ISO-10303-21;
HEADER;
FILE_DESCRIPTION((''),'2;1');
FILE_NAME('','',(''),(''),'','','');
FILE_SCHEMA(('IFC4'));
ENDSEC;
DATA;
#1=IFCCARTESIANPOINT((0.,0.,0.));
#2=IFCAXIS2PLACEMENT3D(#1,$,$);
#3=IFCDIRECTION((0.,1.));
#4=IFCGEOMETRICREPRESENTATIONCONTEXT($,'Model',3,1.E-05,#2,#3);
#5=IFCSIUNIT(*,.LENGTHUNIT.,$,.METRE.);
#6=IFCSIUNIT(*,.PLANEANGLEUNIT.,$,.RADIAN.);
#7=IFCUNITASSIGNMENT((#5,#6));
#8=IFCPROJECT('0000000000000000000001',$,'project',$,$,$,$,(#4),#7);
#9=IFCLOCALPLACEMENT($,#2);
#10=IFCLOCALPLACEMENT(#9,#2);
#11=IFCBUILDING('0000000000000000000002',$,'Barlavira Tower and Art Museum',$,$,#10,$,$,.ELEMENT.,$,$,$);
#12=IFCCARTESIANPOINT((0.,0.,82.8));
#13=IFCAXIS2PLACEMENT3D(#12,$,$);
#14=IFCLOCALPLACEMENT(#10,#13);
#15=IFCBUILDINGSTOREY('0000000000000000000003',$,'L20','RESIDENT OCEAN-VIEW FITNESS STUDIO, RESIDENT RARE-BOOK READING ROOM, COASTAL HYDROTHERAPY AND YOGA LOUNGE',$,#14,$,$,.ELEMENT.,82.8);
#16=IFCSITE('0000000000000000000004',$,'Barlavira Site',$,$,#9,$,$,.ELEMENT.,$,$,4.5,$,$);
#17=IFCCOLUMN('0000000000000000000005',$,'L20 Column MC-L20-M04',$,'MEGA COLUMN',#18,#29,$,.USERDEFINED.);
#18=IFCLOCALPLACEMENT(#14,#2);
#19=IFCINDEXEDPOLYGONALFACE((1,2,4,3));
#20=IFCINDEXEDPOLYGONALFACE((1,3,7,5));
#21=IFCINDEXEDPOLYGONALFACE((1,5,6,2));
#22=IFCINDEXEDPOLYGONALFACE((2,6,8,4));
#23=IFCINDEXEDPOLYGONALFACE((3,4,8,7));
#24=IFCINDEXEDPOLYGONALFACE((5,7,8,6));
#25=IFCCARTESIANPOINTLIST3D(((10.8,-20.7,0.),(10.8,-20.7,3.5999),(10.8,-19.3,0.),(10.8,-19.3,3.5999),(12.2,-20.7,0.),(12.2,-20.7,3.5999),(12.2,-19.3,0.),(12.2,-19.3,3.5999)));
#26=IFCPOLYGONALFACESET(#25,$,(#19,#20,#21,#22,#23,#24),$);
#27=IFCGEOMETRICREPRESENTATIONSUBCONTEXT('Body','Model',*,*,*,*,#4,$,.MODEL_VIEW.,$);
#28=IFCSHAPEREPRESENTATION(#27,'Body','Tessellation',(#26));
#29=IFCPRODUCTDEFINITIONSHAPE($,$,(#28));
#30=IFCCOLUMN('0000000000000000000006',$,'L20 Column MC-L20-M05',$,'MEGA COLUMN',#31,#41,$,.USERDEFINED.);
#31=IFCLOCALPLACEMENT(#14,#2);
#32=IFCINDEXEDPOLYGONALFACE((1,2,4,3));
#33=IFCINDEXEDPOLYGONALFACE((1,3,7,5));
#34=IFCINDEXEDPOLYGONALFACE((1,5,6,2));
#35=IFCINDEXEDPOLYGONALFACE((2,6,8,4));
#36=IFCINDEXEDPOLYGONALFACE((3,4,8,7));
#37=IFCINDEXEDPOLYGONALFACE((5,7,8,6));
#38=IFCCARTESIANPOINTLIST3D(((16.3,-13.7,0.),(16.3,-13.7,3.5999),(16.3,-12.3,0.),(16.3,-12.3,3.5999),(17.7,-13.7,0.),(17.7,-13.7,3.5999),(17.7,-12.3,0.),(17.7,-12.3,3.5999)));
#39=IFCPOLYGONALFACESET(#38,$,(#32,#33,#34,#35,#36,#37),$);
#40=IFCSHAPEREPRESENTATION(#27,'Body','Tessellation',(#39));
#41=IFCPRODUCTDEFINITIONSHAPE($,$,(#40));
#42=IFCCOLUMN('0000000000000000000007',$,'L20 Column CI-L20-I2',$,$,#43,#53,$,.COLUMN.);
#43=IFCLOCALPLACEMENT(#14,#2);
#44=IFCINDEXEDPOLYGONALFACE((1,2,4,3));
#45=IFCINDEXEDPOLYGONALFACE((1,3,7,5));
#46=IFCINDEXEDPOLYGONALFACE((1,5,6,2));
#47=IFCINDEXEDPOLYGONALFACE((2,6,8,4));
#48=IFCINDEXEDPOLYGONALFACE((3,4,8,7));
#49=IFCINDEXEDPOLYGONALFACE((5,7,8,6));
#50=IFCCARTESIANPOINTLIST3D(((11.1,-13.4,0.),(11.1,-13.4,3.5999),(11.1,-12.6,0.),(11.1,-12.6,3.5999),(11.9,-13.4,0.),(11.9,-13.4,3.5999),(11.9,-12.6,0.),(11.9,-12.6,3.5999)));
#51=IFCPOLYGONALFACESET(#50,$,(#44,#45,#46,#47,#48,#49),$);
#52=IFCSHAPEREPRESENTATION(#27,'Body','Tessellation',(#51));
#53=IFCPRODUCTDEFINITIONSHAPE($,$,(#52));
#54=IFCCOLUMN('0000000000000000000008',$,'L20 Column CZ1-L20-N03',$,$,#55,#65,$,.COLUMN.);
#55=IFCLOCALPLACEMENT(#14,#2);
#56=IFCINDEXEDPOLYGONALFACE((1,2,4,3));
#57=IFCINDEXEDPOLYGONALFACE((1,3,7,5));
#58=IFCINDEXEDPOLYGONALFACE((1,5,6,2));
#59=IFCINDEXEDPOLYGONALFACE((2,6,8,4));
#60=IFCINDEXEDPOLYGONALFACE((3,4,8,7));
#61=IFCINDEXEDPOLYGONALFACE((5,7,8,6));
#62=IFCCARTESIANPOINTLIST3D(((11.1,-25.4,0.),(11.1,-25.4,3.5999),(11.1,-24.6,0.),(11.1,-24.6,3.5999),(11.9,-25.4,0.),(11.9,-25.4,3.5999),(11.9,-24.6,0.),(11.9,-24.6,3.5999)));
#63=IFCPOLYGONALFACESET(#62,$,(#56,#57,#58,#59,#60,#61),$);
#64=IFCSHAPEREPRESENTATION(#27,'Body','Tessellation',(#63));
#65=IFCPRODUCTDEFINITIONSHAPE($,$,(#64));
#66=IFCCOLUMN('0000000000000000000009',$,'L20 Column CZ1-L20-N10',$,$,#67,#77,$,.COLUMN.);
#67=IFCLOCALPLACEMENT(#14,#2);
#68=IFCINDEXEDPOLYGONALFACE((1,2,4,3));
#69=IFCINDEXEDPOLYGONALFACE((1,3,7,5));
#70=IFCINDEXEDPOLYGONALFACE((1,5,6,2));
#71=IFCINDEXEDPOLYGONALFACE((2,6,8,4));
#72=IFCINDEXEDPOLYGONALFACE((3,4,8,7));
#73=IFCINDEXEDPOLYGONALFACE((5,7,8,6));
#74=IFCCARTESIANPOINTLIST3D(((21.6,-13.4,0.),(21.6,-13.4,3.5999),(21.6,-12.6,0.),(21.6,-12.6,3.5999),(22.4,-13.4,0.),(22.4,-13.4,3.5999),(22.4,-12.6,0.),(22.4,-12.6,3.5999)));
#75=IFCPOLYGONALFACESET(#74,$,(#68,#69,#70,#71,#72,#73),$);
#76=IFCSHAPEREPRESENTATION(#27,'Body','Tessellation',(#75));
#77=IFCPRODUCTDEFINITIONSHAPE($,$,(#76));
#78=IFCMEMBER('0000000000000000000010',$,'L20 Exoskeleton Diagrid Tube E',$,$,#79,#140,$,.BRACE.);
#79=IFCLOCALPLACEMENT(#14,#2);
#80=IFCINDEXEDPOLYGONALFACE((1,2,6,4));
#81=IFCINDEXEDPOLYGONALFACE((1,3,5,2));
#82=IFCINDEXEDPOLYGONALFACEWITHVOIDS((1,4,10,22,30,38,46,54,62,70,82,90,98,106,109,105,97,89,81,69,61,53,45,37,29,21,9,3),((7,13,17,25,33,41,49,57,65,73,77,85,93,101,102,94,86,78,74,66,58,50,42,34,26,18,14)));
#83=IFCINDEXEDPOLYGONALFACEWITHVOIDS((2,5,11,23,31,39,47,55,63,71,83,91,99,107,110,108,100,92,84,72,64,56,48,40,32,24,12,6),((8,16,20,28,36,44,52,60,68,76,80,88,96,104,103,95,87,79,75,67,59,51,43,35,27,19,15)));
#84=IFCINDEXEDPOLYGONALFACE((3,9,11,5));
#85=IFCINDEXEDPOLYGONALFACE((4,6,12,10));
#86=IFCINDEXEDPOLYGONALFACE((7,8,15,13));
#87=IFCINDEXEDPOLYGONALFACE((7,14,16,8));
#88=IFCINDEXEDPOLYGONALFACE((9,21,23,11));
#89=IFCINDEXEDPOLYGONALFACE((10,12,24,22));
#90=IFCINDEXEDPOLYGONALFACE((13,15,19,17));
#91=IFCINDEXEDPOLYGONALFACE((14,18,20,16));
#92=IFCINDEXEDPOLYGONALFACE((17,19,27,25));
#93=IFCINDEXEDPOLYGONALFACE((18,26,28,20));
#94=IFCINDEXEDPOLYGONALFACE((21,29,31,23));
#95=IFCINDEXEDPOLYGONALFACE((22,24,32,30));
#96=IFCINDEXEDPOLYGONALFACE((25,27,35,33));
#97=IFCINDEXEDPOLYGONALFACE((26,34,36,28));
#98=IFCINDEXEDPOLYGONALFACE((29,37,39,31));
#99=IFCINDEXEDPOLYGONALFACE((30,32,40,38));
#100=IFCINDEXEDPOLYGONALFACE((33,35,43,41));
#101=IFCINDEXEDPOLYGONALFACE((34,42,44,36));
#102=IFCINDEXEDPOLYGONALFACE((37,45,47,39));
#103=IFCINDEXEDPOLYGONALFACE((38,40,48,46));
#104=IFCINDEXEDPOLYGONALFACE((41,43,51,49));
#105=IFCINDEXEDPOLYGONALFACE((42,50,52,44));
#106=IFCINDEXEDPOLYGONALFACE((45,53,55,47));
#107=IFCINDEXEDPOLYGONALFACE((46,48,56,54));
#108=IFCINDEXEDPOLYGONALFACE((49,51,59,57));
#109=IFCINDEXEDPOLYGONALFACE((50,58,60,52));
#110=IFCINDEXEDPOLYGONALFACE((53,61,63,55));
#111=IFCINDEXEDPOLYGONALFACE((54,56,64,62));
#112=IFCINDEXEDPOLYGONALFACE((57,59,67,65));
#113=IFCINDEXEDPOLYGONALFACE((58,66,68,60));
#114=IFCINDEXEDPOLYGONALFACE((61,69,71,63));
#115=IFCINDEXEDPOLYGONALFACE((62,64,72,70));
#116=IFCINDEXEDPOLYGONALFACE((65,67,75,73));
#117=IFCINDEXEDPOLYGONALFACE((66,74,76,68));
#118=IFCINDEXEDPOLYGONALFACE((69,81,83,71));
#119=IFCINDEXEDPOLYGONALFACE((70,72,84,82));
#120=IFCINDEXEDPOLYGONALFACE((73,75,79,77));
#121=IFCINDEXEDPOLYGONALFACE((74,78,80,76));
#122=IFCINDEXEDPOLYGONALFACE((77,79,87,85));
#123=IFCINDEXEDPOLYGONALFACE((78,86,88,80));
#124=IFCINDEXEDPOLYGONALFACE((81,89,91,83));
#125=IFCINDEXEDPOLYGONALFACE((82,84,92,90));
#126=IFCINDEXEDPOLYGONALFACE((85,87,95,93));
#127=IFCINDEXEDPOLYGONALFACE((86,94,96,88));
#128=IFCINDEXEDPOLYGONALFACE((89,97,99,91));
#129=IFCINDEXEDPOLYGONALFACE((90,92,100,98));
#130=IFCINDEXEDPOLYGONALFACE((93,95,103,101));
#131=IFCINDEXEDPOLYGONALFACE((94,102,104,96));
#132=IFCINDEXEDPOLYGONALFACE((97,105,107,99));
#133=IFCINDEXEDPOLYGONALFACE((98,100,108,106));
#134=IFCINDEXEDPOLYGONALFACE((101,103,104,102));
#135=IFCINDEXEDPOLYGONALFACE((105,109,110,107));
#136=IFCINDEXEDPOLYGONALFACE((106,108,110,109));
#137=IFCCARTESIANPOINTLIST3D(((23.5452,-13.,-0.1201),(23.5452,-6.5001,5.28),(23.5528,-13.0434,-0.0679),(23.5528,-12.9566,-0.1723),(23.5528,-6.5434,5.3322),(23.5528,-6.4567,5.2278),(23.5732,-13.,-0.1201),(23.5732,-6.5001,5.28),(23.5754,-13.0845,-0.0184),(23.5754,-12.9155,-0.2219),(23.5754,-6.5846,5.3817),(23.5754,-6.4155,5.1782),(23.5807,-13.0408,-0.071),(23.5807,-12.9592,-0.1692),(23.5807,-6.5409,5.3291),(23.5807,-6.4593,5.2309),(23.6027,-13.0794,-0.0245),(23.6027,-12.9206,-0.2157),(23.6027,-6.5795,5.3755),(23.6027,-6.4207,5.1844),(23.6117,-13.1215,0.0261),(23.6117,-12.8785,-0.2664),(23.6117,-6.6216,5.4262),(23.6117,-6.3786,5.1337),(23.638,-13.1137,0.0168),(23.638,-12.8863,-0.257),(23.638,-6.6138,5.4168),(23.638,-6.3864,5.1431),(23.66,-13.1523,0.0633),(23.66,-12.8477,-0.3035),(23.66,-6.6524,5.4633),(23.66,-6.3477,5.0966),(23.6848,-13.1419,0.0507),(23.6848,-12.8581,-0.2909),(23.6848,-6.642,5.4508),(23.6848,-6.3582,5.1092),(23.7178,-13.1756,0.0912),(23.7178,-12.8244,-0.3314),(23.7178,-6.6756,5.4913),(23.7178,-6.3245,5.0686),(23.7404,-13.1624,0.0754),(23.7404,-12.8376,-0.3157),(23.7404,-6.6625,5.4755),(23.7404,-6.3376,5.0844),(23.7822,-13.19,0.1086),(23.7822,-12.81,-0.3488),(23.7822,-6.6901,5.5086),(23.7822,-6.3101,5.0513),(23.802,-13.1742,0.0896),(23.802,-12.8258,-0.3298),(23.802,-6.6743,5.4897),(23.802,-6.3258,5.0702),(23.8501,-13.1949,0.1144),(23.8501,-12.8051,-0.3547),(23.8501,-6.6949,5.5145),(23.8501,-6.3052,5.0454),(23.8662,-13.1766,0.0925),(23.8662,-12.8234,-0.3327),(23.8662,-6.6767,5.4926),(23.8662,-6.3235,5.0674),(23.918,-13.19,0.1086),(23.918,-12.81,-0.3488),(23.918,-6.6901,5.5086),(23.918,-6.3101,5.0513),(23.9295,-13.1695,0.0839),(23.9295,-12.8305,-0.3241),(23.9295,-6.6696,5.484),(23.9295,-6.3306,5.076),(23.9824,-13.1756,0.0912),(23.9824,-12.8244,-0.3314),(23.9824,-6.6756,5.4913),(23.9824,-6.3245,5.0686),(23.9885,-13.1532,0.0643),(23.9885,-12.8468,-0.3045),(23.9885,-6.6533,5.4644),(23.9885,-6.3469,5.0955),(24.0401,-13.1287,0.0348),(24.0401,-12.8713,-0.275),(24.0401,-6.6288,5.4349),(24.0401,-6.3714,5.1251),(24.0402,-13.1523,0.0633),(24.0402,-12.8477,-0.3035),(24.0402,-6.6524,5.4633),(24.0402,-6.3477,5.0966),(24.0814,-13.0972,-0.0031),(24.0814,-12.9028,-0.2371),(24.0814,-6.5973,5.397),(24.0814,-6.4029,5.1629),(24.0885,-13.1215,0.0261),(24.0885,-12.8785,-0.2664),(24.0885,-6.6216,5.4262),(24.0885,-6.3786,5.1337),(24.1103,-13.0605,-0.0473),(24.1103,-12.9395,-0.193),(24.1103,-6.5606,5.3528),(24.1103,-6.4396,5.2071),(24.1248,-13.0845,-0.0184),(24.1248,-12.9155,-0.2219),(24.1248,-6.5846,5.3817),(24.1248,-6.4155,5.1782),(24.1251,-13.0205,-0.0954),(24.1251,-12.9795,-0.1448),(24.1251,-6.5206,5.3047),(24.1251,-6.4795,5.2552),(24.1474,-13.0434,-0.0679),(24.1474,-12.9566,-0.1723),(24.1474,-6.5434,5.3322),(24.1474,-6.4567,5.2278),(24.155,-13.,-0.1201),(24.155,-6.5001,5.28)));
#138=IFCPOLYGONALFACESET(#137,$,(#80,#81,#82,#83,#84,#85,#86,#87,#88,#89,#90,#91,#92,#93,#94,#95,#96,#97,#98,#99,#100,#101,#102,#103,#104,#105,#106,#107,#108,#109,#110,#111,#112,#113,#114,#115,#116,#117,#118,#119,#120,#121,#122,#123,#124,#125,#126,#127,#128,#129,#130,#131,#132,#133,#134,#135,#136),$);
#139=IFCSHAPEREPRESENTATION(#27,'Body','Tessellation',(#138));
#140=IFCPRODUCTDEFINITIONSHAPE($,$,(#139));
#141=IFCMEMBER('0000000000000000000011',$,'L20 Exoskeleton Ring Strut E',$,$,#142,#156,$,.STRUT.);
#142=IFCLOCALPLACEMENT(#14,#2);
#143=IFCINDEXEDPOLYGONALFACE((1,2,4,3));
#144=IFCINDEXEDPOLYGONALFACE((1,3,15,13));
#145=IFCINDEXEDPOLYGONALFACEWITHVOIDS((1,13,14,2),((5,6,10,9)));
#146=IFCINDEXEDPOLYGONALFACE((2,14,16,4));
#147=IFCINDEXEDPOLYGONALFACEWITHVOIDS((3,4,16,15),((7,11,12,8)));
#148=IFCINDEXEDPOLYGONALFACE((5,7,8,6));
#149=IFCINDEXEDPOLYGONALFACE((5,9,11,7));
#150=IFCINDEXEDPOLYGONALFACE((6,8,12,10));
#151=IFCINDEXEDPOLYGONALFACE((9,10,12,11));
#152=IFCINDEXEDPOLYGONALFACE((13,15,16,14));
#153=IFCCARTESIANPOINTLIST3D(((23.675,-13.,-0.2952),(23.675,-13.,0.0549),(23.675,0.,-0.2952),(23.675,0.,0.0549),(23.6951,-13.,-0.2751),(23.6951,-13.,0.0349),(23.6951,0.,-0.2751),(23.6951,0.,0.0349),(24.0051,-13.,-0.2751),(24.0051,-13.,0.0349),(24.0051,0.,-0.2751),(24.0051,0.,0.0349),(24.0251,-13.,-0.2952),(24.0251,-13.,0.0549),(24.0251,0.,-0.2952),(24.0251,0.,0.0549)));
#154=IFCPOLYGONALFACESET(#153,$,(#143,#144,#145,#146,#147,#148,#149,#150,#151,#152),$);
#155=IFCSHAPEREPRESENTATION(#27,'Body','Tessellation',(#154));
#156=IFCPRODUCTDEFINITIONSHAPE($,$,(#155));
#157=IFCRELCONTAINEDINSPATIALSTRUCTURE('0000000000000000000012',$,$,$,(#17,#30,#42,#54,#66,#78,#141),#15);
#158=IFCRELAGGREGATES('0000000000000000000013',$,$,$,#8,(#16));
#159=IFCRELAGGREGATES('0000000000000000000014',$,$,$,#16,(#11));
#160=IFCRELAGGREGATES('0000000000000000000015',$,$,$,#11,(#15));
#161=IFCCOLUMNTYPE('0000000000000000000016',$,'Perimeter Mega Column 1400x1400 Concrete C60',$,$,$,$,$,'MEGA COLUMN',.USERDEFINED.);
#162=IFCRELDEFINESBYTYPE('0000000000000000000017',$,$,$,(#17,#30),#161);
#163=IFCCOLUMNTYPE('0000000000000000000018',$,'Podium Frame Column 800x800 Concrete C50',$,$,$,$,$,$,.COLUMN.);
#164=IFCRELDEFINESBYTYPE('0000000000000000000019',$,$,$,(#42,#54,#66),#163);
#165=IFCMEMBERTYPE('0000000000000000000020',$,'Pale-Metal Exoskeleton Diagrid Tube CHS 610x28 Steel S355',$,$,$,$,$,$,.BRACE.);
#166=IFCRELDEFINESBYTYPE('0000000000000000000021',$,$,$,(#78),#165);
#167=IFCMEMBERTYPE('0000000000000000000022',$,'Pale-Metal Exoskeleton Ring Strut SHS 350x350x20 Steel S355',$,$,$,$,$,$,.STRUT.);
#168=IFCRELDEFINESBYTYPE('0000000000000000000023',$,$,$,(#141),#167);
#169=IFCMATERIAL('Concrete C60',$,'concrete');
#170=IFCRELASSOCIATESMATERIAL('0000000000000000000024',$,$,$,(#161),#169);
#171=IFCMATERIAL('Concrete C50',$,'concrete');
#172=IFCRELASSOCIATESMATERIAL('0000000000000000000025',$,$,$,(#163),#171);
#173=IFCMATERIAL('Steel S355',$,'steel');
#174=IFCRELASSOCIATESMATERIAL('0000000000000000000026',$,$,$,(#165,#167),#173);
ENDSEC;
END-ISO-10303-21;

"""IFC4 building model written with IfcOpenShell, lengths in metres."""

from ifc_helpers import new_model, si_unit, direction, frame, origin, origin_2d, place, context, subcontext, project, spatial, rectangle, hollow_rectangle, hollow_circle, extrude, material, material_profile, profile_set, type_object, element, save


model = new_model("IFC4")

# Units and contexts
model_context = context("Model", 3, precision=1e-05, world=origin(), true_north=direction((0.0, 1.0)))
body_context = subcontext(model_context, "Body", "Model", "MODEL_VIEW")
ifc_project = project(units=[si_unit("LENGTHUNIT", "METRE"), si_unit("PLANEANGLEUNIT", "RADIAN")], contexts=[model_context])

# Site, building, storey
site_placement = place(None, origin())
site = spatial("IfcSite", under=ifc_project, at=site_placement, Name="Barlavira Site", CompositionType="ELEMENT", RefElevation=4.5)
building_placement = place(site_placement, origin())
building = spatial("IfcBuilding", under=site, at=building_placement, Name="Barlavira Tower and Art Museum", CompositionType="ELEMENT")
storey_placement = place(building_placement, frame((0.0, 0.0, 82.8)))
storey = spatial("IfcBuildingStorey", under=building, at=storey_placement, Name="L20", Description="RESIDENT OCEAN-VIEW FITNESS STUDIO, RESIDENT RARE-BOOK READING ROOM, COASTAL HYDROTHERAPY AND YOGA LOUNGE", CompositionType="ELEMENT", Elevation=82.8)

# Columns
ifc_material_1 = material(Name="Concrete C60", Category="concrete")
ifc_material_profile_1 = material_profile(ifc_material_1, rectangle(XDim=1.3999, YDim=1.3999, at=origin_2d()), Name="RC-MCOL 1400x1400")
ifc_profile_set_1 = profile_set([ifc_material_profile_1], Name="Concrete C60")
column_type_1 = type_object("IfcColumnType", Name="Perimeter Mega Column 1400x1400 Concrete C60", ElementType="MEGA COLUMN", PredefinedType="USERDEFINED", material=ifc_profile_set_1)
for number, where, z_axis, x_axis, name in (
    (1, (11.5, -20.0, 0.0), (0.0, 0.0, 1.0), (1.0, 0.0, 0.0), "L20 Column MC-L20-M04"),
    (2, (17.0, -13.0, 0.0), (0.0, 0.0, 1.0), (1.0, 0.0, 0.0), "L20 Column MC-L20-M05"),
):
    element("IfcColumn", number, at=place(storey_placement, frame(where, z_axis=z_axis, x_axis=x_axis)), inside=storey, type_object=column_type_1, Name=name, ObjectType="MEGA COLUMN", PredefinedType="USERDEFINED", context=body_context, shape_type="SweptSolid", body=[
        extrude(rectangle(XDim=1.3999, YDim=1.3999, at=origin_2d()), origin(), (0.0, 0.0, 1.0), 3.5999),
    ])
ifc_material_2 = material(Name="Concrete C50", Category="concrete")
ifc_material_profile_2 = material_profile(ifc_material_2, rectangle(XDim=0.8, YDim=0.8, at=origin_2d()), Name="RC-COL 800x800")
ifc_profile_set_2 = profile_set([ifc_material_profile_2], Name="Concrete C50")
column_type_2 = type_object("IfcColumnType", Name="Podium Frame Column 800x800 Concrete C50", PredefinedType="COLUMN", material=ifc_profile_set_2)
for number, where, z_axis, x_axis, name in (
    (3, (11.5, -13.0, 0.0), (0.0, 0.0, 1.0), (1.0, 0.0, 0.0), "L20 Column CI-L20-I2"),
    (4, (11.5, -25.0, 0.0), (0.0, 0.0, 1.0), (1.0, 0.0, 0.0), "L20 Column CZ1-L20-N03"),
    (5, (22.0, -13.0, 0.0), (0.0, 0.0, 1.0), (1.0, 0.0, 0.0), "L20 Column CZ1-L20-N10"),
):
    element("IfcColumn", number, at=place(storey_placement, frame(where, z_axis=z_axis, x_axis=x_axis)), inside=storey, type_object=column_type_2, Name=name, PredefinedType="COLUMN", context=body_context, shape_type="SweptSolid", body=[
        extrude(rectangle(XDim=0.8, YDim=0.8, at=origin_2d()), origin(), (0.0, 0.0, 1.0), 3.5999),
    ])

# Members
ifc_material_3 = material(Name="Steel S355", Category="steel")
ifc_material_profile_3 = material_profile(ifc_material_3, hollow_circle(Radius=0.3049, WallThickness=0.0281, at=origin_2d()), Name="CHS 610.0x28.0")
ifc_profile_set_3 = profile_set([ifc_material_profile_3], Name="Steel S355")
member_type_1 = type_object("IfcMemberType", Name="Pale-Metal Exoskeleton Diagrid Tube CHS 610x28 Steel S355", PredefinedType="BRACE", material=ifc_profile_set_3)
member_1_placement = place(storey_placement, frame((23.8501, -13.0, -0.1201), z_axis=(0.0, 0.769182, 0.63903), x_axis=(-1.0, 0.0, 0.0)))
element("IfcMember", 6, at=member_1_placement, inside=storey, type_object=member_type_1, Name="L20 Exoskeleton Diagrid Tube E", PredefinedType="BRACE", context=body_context, shape_type="SweptSolid", body=[
    extrude(hollow_circle(Radius=0.3049, WallThickness=0.0281, at=origin_2d()), origin(), (0.0, 0.0, 1.0), 8.4504),
])
ifc_material_profile_4 = material_profile(ifc_material_3, hollow_rectangle(XDim=0.3501, YDim=0.3501, WallThickness=0.02, at=origin_2d()), Name="SHS 350x350x20.0")
ifc_profile_set_4 = profile_set([ifc_material_profile_4], Name="Steel S355")
member_type_2 = type_object("IfcMemberType", Name="Pale-Metal Exoskeleton Ring Strut SHS 350x350x20 Steel S355", PredefinedType="STRUT", material=ifc_profile_set_4)
member_2_placement = place(storey_placement, frame((23.8501, -13.0, -0.1201), z_axis=(0.0, 1.0, 0.0), x_axis=(-1.0, 0.0, 0.0)))
element("IfcMember", 7, at=member_2_placement, inside=storey, type_object=member_type_2, Name="L20 Exoskeleton Ring Strut E", PredefinedType="STRUT", context=body_context, shape_type="SweptSolid", body=[
    extrude(hollow_rectangle(XDim=0.3501, YDim=0.3501, WallThickness=0.02, at=origin_2d()), origin(), (0.0, 0.0, 1.0), 13.0),
])

save(model, "model.ifc")
